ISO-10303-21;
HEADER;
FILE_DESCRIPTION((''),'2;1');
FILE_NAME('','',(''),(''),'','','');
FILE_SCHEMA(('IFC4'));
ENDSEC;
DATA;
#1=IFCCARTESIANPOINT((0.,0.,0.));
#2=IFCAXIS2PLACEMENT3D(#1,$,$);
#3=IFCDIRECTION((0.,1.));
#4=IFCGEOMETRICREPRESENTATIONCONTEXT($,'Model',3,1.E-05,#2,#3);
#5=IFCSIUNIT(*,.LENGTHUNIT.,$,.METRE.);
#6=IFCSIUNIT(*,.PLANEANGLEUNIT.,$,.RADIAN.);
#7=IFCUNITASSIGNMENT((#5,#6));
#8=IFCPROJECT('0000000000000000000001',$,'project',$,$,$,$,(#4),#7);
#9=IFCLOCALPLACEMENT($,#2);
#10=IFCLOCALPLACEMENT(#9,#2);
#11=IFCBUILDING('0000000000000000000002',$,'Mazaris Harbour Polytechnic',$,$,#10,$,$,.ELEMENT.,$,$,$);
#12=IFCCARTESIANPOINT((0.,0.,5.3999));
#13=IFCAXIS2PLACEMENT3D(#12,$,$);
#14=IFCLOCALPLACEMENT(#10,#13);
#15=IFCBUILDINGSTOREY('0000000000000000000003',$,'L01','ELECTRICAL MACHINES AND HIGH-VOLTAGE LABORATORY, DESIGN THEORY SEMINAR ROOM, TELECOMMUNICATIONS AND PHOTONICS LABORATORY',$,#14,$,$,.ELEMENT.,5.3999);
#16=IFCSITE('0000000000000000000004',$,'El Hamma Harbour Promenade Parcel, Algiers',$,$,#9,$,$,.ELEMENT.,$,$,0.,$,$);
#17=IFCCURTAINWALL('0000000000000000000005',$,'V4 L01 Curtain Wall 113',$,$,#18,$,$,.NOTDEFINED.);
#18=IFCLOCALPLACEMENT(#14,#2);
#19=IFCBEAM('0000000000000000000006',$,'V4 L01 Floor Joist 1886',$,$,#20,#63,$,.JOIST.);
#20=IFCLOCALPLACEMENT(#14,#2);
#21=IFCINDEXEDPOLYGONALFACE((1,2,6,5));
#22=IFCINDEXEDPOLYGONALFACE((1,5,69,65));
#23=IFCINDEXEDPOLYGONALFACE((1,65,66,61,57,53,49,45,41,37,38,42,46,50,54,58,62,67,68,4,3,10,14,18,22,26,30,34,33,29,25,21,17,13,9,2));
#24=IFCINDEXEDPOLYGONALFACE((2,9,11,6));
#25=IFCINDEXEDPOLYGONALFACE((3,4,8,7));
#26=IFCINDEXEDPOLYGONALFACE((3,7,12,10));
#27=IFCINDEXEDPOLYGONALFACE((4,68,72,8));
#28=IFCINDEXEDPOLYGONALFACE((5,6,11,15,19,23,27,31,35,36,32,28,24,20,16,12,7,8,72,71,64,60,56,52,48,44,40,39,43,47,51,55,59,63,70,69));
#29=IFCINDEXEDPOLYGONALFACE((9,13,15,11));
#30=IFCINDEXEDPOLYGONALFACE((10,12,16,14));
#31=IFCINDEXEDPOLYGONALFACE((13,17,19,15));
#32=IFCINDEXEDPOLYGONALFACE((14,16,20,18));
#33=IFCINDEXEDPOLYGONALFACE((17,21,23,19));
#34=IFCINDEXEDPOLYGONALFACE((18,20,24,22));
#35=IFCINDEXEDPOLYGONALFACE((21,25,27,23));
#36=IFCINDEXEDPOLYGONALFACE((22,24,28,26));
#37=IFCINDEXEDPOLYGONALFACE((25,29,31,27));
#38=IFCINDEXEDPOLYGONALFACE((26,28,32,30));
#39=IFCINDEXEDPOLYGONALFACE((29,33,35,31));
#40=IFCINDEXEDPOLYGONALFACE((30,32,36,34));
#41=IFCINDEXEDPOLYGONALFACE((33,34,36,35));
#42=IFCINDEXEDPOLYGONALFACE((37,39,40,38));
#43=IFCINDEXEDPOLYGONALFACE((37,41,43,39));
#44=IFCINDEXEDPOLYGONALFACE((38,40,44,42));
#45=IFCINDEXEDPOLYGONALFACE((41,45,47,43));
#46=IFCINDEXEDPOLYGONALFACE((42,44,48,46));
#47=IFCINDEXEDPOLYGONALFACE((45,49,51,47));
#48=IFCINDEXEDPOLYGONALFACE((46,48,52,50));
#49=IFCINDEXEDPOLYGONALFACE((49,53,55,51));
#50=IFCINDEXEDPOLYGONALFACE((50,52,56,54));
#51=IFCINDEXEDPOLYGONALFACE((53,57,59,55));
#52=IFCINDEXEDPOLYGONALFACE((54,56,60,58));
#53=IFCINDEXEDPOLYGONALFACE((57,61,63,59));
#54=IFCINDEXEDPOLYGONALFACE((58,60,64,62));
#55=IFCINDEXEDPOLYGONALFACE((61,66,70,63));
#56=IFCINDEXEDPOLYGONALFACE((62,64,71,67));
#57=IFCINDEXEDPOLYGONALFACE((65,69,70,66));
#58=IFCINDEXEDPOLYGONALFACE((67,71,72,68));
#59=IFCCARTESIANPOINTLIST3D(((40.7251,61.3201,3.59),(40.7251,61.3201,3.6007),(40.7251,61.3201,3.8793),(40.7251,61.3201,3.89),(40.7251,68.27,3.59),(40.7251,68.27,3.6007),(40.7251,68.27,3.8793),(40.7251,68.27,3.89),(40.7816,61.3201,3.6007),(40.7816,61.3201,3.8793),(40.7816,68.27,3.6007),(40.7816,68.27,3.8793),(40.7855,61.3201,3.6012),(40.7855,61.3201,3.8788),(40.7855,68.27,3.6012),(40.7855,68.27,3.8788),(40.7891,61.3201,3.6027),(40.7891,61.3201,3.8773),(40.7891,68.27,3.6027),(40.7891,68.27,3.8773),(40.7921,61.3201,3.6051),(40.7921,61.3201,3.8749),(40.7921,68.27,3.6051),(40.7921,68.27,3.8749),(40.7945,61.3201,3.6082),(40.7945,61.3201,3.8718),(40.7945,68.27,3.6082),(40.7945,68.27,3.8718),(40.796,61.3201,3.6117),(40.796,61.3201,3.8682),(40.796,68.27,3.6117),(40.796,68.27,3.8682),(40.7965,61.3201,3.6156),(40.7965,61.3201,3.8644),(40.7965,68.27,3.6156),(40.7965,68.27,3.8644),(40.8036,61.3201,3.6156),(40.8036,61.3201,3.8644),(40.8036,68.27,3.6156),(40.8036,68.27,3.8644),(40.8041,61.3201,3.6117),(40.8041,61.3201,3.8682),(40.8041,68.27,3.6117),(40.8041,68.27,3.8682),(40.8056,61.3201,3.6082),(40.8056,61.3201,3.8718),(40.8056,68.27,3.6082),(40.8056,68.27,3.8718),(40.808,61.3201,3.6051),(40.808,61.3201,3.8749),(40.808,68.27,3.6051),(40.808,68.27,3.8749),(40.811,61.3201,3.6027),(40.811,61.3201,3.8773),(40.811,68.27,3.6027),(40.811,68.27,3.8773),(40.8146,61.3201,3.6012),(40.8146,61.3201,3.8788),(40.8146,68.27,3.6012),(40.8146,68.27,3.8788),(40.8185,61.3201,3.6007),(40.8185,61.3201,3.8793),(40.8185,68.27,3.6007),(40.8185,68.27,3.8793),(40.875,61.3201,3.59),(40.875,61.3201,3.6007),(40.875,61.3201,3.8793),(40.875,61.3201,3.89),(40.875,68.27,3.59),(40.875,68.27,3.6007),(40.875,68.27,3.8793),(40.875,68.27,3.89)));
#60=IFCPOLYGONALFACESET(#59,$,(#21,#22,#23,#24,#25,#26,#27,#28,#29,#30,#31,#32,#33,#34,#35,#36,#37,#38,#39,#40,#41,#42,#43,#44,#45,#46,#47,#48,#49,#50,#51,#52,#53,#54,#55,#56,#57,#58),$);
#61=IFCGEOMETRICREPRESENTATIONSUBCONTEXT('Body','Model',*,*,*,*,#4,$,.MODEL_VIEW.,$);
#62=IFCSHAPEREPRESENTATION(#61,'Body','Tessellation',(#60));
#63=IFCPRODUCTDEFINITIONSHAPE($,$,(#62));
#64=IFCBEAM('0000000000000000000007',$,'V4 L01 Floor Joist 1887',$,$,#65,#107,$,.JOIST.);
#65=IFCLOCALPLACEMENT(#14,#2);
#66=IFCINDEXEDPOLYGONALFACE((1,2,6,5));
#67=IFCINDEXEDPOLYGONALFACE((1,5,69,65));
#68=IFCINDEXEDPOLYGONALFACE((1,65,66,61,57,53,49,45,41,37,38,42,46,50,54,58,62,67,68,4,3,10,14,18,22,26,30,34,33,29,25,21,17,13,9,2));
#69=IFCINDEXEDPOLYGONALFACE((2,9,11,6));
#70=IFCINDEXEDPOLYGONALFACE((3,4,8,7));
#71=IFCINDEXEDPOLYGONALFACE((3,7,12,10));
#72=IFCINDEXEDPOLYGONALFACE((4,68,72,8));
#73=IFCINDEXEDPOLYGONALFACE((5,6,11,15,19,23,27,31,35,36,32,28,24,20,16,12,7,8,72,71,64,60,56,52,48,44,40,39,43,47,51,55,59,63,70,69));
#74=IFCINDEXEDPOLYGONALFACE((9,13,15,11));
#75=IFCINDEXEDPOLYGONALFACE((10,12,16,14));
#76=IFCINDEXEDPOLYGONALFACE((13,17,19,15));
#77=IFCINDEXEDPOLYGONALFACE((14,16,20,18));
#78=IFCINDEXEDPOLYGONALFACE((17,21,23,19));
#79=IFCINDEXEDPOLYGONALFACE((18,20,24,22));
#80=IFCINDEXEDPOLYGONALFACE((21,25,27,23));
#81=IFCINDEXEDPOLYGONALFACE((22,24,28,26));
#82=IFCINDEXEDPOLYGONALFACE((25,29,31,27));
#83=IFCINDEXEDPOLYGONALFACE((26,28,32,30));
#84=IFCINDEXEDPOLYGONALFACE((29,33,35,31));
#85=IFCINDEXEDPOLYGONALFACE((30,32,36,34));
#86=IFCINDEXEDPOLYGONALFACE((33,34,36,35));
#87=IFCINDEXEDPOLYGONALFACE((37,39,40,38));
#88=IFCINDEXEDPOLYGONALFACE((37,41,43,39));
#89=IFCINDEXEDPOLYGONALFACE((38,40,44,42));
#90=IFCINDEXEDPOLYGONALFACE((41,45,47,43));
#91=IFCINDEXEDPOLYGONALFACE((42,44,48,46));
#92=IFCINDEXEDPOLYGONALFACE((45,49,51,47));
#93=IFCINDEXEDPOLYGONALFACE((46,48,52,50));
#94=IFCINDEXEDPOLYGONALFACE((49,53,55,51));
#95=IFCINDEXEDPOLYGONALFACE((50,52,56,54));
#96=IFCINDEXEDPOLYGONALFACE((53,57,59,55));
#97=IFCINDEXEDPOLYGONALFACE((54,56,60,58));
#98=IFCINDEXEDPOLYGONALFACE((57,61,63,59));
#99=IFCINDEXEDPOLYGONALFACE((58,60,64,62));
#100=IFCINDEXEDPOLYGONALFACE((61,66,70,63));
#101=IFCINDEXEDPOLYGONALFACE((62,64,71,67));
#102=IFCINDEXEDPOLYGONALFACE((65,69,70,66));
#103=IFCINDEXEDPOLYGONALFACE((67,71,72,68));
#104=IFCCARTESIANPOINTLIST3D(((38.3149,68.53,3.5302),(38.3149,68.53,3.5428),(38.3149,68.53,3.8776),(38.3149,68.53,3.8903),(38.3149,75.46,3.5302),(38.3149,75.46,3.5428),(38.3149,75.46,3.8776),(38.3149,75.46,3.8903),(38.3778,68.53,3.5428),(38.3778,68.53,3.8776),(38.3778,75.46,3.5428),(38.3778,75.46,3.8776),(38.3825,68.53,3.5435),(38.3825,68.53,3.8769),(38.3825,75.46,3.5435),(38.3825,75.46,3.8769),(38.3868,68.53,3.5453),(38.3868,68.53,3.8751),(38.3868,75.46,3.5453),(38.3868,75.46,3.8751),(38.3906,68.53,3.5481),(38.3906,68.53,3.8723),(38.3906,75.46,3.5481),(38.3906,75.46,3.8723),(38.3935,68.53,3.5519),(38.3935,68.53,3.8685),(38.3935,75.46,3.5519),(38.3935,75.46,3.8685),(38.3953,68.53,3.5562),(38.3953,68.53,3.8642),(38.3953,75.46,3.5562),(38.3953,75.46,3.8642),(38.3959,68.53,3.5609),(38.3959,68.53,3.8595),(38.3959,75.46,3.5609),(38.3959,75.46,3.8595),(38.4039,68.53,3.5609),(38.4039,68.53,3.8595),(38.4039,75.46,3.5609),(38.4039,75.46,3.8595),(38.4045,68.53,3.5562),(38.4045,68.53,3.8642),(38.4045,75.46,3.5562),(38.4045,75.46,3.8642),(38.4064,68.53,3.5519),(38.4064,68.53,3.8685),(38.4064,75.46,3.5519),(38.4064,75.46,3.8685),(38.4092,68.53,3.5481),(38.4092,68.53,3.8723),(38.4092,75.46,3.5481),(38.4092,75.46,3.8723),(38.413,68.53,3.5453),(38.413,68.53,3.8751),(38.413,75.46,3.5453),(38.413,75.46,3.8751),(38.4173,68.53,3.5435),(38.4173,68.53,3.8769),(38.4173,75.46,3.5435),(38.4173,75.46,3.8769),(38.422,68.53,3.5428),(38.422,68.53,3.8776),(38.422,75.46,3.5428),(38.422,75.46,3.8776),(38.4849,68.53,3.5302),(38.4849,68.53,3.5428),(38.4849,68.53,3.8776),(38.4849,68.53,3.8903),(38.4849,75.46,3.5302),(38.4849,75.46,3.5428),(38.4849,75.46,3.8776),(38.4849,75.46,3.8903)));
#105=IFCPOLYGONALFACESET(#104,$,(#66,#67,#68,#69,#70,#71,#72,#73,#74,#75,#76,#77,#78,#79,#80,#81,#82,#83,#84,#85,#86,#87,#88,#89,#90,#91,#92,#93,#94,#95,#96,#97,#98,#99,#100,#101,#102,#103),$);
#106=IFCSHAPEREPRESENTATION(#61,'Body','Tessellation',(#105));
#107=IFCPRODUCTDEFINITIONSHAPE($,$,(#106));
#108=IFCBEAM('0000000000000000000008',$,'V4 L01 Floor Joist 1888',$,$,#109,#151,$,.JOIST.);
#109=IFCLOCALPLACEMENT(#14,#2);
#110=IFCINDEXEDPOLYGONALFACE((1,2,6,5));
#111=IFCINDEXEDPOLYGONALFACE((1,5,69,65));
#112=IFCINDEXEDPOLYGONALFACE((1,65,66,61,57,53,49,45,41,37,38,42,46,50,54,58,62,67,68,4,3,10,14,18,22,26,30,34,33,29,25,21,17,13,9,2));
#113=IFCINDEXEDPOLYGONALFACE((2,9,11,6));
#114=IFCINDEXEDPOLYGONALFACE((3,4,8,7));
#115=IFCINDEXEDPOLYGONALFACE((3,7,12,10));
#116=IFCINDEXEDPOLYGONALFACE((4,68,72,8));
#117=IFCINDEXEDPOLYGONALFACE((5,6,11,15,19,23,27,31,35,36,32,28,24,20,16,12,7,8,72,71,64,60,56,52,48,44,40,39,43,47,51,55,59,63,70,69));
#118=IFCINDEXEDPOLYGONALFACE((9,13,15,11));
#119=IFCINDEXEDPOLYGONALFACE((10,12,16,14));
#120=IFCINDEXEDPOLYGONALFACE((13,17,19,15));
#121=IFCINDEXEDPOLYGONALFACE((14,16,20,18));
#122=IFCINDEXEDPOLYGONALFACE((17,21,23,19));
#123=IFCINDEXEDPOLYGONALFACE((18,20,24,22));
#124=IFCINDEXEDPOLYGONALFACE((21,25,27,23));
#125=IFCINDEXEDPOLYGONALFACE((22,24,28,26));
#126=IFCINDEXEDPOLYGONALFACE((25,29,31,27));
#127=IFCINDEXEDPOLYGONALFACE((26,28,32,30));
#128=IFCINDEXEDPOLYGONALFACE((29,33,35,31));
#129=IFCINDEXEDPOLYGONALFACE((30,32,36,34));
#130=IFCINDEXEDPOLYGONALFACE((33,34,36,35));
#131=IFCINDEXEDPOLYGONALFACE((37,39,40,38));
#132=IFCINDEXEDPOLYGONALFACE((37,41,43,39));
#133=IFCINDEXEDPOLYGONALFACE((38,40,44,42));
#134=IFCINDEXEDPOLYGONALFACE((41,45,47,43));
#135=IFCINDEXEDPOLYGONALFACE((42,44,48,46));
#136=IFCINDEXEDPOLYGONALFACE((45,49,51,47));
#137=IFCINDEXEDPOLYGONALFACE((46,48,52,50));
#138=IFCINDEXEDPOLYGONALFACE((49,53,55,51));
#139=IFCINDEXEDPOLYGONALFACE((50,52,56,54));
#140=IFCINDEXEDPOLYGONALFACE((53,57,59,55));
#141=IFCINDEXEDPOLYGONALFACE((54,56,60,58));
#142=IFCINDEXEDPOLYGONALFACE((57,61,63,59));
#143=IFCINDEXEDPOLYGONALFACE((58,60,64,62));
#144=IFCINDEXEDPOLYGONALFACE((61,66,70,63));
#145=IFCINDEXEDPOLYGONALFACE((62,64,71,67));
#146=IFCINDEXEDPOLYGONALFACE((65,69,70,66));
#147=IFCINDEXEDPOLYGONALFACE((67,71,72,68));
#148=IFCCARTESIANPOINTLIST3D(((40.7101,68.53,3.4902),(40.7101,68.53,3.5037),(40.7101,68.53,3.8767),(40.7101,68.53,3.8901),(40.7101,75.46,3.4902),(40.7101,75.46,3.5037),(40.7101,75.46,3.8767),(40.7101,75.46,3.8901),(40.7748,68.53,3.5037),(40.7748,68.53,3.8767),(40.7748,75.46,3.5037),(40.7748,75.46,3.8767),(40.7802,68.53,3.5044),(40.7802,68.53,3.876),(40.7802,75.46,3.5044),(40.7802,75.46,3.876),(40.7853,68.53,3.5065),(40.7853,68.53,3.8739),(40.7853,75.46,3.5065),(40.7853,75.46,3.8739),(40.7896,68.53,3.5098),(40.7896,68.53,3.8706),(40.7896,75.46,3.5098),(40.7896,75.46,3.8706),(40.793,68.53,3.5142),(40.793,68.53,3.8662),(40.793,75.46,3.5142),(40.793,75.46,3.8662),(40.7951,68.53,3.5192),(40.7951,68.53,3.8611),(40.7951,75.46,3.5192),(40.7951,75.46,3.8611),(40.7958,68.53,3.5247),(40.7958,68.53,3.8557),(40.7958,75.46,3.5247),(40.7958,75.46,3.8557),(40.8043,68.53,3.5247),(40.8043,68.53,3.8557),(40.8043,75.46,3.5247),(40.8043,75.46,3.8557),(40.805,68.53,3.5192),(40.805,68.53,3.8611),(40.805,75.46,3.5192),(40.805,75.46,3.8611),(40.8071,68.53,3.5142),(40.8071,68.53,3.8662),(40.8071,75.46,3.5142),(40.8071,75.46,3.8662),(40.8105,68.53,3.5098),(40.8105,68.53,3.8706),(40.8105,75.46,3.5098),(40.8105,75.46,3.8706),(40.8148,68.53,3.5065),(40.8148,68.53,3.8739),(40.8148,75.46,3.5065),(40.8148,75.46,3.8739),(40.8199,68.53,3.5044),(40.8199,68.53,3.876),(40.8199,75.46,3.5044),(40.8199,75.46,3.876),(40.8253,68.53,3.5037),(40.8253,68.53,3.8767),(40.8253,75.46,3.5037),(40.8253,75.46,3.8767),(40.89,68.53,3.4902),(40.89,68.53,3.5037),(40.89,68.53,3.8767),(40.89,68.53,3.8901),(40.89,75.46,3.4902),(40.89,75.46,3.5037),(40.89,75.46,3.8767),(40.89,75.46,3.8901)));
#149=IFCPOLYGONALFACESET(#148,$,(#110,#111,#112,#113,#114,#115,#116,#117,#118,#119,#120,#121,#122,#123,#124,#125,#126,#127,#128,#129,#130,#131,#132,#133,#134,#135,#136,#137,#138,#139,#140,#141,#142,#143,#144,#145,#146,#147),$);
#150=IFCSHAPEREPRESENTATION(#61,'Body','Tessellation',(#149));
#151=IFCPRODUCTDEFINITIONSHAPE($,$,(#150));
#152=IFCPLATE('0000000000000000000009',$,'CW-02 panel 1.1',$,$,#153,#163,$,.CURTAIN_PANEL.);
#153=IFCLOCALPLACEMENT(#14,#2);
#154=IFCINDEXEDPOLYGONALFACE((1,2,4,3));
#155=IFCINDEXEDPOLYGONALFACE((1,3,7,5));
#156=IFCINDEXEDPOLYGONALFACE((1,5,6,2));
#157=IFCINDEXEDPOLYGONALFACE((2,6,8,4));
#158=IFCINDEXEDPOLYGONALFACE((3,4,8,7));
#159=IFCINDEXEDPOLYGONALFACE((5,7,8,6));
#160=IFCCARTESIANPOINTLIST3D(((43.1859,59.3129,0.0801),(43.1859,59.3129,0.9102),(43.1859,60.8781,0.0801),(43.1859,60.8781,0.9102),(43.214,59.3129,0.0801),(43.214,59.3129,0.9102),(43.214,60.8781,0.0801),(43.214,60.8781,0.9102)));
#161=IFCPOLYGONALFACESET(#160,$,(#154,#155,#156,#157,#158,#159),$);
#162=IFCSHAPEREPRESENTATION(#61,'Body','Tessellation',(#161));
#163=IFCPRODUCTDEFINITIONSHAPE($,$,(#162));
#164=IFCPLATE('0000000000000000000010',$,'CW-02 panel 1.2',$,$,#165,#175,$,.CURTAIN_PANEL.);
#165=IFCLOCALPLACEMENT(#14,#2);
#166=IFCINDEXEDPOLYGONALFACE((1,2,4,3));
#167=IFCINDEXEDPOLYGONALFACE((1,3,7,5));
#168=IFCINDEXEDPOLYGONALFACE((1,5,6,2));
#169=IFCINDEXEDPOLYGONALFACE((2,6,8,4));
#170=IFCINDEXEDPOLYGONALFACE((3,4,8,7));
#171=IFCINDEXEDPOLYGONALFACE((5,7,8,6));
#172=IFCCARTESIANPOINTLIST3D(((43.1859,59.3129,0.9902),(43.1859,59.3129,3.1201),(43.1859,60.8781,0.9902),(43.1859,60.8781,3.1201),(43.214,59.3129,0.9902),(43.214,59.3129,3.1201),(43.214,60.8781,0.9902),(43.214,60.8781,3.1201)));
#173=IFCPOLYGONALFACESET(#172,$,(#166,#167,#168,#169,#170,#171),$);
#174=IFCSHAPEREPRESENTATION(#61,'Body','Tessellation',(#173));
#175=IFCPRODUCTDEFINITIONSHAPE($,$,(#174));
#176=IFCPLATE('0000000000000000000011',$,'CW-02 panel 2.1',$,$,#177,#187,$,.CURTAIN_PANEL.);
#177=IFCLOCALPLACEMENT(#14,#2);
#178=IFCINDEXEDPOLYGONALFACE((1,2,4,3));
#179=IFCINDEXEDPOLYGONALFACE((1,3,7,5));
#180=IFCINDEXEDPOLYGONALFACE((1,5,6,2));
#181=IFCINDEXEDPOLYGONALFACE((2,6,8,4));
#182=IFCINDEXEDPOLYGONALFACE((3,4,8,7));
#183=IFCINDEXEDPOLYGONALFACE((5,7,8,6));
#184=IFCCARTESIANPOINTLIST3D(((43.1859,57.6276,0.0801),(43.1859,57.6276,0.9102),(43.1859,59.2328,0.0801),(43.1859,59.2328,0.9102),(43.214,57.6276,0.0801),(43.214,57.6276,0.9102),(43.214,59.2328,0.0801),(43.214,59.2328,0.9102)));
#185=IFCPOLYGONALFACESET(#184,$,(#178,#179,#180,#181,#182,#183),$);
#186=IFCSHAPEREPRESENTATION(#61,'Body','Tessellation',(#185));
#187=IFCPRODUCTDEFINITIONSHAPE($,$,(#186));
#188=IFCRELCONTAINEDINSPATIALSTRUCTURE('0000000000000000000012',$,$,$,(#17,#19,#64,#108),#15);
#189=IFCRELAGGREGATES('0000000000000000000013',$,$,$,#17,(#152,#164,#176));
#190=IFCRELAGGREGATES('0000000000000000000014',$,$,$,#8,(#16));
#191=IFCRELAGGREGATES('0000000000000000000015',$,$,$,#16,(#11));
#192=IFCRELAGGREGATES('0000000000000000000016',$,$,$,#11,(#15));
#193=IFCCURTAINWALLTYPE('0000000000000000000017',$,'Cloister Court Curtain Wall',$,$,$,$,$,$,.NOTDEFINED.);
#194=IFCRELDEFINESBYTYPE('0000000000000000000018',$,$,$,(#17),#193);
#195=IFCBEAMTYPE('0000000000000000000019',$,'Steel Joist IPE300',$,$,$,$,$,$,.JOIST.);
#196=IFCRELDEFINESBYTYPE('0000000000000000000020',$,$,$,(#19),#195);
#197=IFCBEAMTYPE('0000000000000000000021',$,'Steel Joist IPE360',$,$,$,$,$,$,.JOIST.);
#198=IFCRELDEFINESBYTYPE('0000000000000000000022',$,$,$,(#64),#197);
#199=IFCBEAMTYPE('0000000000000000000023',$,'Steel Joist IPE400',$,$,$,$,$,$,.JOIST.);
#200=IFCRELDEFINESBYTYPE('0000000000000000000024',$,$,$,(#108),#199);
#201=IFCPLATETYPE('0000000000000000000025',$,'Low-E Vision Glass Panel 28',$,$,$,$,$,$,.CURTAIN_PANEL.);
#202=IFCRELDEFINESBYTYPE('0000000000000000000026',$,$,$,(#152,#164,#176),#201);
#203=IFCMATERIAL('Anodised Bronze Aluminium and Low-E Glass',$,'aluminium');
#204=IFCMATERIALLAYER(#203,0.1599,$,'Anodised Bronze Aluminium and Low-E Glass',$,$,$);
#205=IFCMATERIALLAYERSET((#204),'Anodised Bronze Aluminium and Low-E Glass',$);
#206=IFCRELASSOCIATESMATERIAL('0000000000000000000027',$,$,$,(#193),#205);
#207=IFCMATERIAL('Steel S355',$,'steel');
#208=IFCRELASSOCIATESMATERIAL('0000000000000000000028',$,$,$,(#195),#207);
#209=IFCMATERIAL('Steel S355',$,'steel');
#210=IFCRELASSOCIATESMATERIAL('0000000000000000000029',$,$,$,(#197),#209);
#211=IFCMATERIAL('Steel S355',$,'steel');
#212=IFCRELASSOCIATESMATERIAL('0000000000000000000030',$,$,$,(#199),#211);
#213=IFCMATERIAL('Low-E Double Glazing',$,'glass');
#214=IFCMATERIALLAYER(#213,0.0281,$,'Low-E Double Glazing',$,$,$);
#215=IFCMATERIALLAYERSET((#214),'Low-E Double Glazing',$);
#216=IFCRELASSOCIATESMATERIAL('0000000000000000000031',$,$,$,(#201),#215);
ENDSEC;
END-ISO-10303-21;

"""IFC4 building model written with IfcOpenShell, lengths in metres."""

from ifc_helpers import new_model, si_unit, direction, frame, origin, origin_2d, place, context, subcontext, project, spatial, rectangle, i_section, extrude, material, layer, layer_set, material_profile, profile_set, type_object, element, aggregate, save


model = new_model("IFC4")

# Units and contexts
model_context = context("Model", 3, precision=1e-05, world=origin(), true_north=direction((0.0, 1.0)))
body_context = subcontext(model_context, "Body", "Model", "MODEL_VIEW")
ifc_project = project(units=[si_unit("LENGTHUNIT", "METRE"), si_unit("PLANEANGLEUNIT", "RADIAN")], contexts=[model_context])

# Site, building, storey
site_placement = place(None, origin())
site = spatial("IfcSite", under=ifc_project, at=site_placement, Name="El Hamma Harbour Promenade Parcel, Algiers", CompositionType="ELEMENT", RefElevation=0.0)
building_placement = place(site_placement, origin())
building = spatial("IfcBuilding", under=site, at=building_placement, Name="Mazaris Harbour Polytechnic", CompositionType="ELEMENT")
storey_placement = place(building_placement, frame((0.0, 0.0, 5.3999)))
storey = spatial("IfcBuildingStorey", under=building, at=storey_placement, Name="L01", Description="ELECTRICAL MACHINES AND HIGH-VOLTAGE LABORATORY, DESIGN THEORY SEMINAR ROOM, TELECOMMUNICATIONS AND PHOTONICS LABORATORY", CompositionType="ELEMENT", Elevation=5.3999)

# Curtain wall
ifc_material_1 = material(Name="Anodised Bronze Aluminium and Low-E Glass", Category="aluminium")
ifc_layer_1 = layer(ifc_material_1, 0.1599, Name="Anodised Bronze Aluminium and Low-E Glass")
ifc_layer_set_1 = layer_set([ifc_layer_1], Name="Anodised Bronze Aluminium and Low-E Glass")
curtain_wall_type = type_object("IfcCurtainWallType", Name="Cloister Court Curtain Wall", PredefinedType="NOTDEFINED", material=ifc_layer_set_1)
curtain_wall_1_placement = place(storey_placement, origin())
curtain_wall_1 = element("IfcCurtainWall", 1, at=curtain_wall_1_placement, inside=storey, type_object=curtain_wall_type, Name="V4 L01 Curtain Wall 113", PredefinedType="NOTDEFINED")

# Beams
ifc_material_2 = material(Name="Steel S355", Category="steel")
ifc_material_profile_1 = material_profile(ifc_material_2, i_section(OverallWidth=0.1499, OverallDepth=0.3, WebThickness=0.0071, FlangeThickness=0.0107, FilletRadius=0.0149, at=origin_2d()), Name="IPE 300")
ifc_profile_set_1 = profile_set([ifc_material_profile_1], Name="Steel S355")
beam_type_1 = type_object("IfcBeamType", Name="Steel Joist IPE300", PredefinedType="JOIST", material=ifc_profile_set_1)
beam_1_placement = place(storey_placement, frame((40.8, 61.3201, 3.74), z_axis=(0.0, 1.0, 0.0), x_axis=(-1.0, 0.0, 0.0)))
element("IfcBeam", 2, at=beam_1_placement, inside=storey, type_object=beam_type_1, Name="V4 L01 Floor Joist 1886", PredefinedType="JOIST", context=body_context, shape_type="SweptSolid", body=[
    extrude(i_section(OverallWidth=0.1499, OverallDepth=0.3, WebThickness=0.0071, FlangeThickness=0.0107, FilletRadius=0.0149, at=origin_2d()), origin(), (0.0, 0.0, 1.0), 6.95),
])
ifc_material_3 = material(Name="Steel S355", Category="steel")
ifc_material_profile_2 = material_profile(ifc_material_3, i_section(OverallWidth=0.1699, OverallDepth=0.3601, WebThickness=0.0081, FlangeThickness=0.0127, FilletRadius=0.0181, at=origin_2d()), Name="IPE 360")
ifc_profile_set_2 = profile_set([ifc_material_profile_2], Name="Steel S355")
beam_type_2 = type_object("IfcBeamType", Name="Steel Joist IPE360", PredefinedType="JOIST", material=ifc_profile_set_2)
beam_2_placement = place(storey_placement, frame((38.3999, 68.53, 3.7102), z_axis=(0.0, 1.0, 0.0), x_axis=(-1.0, 0.0, 0.0)))
element("IfcBeam", 3, at=beam_2_placement, inside=storey, type_object=beam_type_2, Name="V4 L01 Floor Joist 1887", PredefinedType="JOIST", context=body_context, shape_type="SweptSolid", body=[
    extrude(i_section(OverallWidth=0.1699, OverallDepth=0.3601, WebThickness=0.0081, FlangeThickness=0.0127, FilletRadius=0.0181, at=origin_2d()), origin(), (0.0, 0.0, 1.0), 6.9299),
])
ifc_material_4 = material(Name="Steel S355", Category="steel")
ifc_material_profile_3 = material_profile(ifc_material_4, i_section(OverallWidth=0.1799, OverallDepth=0.3999, WebThickness=0.0085, FlangeThickness=0.0134, FilletRadius=0.021, at=origin_2d()), Name="IPE 400")
ifc_profile_set_3 = profile_set([ifc_material_profile_3], Name="Steel S355")
beam_type_3 = type_object("IfcBeamType", Name="Steel Joist IPE400", PredefinedType="JOIST", material=ifc_profile_set_3)
beam_3_placement = place(storey_placement, frame((40.8, 68.53, 3.6902), z_axis=(0.0, 1.0, 0.0), x_axis=(-1.0, 0.0, 0.0)))
element("IfcBeam", 4, at=beam_3_placement, inside=storey, type_object=beam_type_3, Name="V4 L01 Floor Joist 1888", PredefinedType="JOIST", context=body_context, shape_type="SweptSolid", body=[
    extrude(i_section(OverallWidth=0.1799, OverallDepth=0.3999, WebThickness=0.0085, FlangeThickness=0.0134, FilletRadius=0.021, at=origin_2d()), origin(), (0.0, 0.0, 1.0), 6.9299),
])

# Plates
ifc_material_5 = material(Name="Low-E Double Glazing", Category="glass")
ifc_layer_2 = layer(ifc_material_5, 0.0281, Name="Low-E Double Glazing")
ifc_layer_set_2 = layer_set([ifc_layer_2], Name="Low-E Double Glazing")
plate_type = type_object("IfcPlateType", Name="Low-E Vision Glass Panel 28", PredefinedType="CURTAIN_PANEL", material=ifc_layer_set_2)
plate_1_placement = place(storey_placement, frame((43.2, 60.0955, 0.0801), z_axis=(0.0, 0.0, 1.0), x_axis=(0.0, -1.0, 0.0)))
plate_1 = element("IfcPlate", 5, at=plate_1_placement, type_object=plate_type, Name="CW-02 panel 1.1", PredefinedType="CURTAIN_PANEL", context=body_context, shape_type="SweptSolid", body=[
    extrude(rectangle(XDim=1.5652, YDim=0.0281, at=origin_2d()), origin(), (0.0, 0.0, 1.0), 0.8301),
])
plate_2_placement = place(storey_placement, frame((43.2, 60.0955, 0.9902), z_axis=(0.0, 0.0, 1.0), x_axis=(0.0, -1.0, 0.0)))
plate_2 = element("IfcPlate", 6, at=plate_2_placement, type_object=plate_type, Name="CW-02 panel 1.2", PredefinedType="CURTAIN_PANEL", context=body_context, shape_type="SweptSolid", body=[
    extrude(rectangle(XDim=1.5652, YDim=0.0281, at=origin_2d()), origin(), (0.0, 0.0, 1.0), 2.1299),
])
plate_3_placement = place(storey_placement, frame((43.2, 58.4302, 0.0801), z_axis=(0.0, 0.0, 1.0), x_axis=(0.0, -1.0, 0.0)))
plate_3 = element("IfcPlate", 7, at=plate_3_placement, type_object=plate_type, Name="CW-02 panel 2.1", PredefinedType="CURTAIN_PANEL", context=body_context, shape_type="SweptSolid", body=[
    extrude(rectangle(XDim=1.6052, YDim=0.0281, at=origin_2d()), origin(), (0.0, 0.0, 1.0), 0.8301),
])
aggregate(curtain_wall_1, [plate_1, plate_2, plate_3])

save(model, "model.ifc")
